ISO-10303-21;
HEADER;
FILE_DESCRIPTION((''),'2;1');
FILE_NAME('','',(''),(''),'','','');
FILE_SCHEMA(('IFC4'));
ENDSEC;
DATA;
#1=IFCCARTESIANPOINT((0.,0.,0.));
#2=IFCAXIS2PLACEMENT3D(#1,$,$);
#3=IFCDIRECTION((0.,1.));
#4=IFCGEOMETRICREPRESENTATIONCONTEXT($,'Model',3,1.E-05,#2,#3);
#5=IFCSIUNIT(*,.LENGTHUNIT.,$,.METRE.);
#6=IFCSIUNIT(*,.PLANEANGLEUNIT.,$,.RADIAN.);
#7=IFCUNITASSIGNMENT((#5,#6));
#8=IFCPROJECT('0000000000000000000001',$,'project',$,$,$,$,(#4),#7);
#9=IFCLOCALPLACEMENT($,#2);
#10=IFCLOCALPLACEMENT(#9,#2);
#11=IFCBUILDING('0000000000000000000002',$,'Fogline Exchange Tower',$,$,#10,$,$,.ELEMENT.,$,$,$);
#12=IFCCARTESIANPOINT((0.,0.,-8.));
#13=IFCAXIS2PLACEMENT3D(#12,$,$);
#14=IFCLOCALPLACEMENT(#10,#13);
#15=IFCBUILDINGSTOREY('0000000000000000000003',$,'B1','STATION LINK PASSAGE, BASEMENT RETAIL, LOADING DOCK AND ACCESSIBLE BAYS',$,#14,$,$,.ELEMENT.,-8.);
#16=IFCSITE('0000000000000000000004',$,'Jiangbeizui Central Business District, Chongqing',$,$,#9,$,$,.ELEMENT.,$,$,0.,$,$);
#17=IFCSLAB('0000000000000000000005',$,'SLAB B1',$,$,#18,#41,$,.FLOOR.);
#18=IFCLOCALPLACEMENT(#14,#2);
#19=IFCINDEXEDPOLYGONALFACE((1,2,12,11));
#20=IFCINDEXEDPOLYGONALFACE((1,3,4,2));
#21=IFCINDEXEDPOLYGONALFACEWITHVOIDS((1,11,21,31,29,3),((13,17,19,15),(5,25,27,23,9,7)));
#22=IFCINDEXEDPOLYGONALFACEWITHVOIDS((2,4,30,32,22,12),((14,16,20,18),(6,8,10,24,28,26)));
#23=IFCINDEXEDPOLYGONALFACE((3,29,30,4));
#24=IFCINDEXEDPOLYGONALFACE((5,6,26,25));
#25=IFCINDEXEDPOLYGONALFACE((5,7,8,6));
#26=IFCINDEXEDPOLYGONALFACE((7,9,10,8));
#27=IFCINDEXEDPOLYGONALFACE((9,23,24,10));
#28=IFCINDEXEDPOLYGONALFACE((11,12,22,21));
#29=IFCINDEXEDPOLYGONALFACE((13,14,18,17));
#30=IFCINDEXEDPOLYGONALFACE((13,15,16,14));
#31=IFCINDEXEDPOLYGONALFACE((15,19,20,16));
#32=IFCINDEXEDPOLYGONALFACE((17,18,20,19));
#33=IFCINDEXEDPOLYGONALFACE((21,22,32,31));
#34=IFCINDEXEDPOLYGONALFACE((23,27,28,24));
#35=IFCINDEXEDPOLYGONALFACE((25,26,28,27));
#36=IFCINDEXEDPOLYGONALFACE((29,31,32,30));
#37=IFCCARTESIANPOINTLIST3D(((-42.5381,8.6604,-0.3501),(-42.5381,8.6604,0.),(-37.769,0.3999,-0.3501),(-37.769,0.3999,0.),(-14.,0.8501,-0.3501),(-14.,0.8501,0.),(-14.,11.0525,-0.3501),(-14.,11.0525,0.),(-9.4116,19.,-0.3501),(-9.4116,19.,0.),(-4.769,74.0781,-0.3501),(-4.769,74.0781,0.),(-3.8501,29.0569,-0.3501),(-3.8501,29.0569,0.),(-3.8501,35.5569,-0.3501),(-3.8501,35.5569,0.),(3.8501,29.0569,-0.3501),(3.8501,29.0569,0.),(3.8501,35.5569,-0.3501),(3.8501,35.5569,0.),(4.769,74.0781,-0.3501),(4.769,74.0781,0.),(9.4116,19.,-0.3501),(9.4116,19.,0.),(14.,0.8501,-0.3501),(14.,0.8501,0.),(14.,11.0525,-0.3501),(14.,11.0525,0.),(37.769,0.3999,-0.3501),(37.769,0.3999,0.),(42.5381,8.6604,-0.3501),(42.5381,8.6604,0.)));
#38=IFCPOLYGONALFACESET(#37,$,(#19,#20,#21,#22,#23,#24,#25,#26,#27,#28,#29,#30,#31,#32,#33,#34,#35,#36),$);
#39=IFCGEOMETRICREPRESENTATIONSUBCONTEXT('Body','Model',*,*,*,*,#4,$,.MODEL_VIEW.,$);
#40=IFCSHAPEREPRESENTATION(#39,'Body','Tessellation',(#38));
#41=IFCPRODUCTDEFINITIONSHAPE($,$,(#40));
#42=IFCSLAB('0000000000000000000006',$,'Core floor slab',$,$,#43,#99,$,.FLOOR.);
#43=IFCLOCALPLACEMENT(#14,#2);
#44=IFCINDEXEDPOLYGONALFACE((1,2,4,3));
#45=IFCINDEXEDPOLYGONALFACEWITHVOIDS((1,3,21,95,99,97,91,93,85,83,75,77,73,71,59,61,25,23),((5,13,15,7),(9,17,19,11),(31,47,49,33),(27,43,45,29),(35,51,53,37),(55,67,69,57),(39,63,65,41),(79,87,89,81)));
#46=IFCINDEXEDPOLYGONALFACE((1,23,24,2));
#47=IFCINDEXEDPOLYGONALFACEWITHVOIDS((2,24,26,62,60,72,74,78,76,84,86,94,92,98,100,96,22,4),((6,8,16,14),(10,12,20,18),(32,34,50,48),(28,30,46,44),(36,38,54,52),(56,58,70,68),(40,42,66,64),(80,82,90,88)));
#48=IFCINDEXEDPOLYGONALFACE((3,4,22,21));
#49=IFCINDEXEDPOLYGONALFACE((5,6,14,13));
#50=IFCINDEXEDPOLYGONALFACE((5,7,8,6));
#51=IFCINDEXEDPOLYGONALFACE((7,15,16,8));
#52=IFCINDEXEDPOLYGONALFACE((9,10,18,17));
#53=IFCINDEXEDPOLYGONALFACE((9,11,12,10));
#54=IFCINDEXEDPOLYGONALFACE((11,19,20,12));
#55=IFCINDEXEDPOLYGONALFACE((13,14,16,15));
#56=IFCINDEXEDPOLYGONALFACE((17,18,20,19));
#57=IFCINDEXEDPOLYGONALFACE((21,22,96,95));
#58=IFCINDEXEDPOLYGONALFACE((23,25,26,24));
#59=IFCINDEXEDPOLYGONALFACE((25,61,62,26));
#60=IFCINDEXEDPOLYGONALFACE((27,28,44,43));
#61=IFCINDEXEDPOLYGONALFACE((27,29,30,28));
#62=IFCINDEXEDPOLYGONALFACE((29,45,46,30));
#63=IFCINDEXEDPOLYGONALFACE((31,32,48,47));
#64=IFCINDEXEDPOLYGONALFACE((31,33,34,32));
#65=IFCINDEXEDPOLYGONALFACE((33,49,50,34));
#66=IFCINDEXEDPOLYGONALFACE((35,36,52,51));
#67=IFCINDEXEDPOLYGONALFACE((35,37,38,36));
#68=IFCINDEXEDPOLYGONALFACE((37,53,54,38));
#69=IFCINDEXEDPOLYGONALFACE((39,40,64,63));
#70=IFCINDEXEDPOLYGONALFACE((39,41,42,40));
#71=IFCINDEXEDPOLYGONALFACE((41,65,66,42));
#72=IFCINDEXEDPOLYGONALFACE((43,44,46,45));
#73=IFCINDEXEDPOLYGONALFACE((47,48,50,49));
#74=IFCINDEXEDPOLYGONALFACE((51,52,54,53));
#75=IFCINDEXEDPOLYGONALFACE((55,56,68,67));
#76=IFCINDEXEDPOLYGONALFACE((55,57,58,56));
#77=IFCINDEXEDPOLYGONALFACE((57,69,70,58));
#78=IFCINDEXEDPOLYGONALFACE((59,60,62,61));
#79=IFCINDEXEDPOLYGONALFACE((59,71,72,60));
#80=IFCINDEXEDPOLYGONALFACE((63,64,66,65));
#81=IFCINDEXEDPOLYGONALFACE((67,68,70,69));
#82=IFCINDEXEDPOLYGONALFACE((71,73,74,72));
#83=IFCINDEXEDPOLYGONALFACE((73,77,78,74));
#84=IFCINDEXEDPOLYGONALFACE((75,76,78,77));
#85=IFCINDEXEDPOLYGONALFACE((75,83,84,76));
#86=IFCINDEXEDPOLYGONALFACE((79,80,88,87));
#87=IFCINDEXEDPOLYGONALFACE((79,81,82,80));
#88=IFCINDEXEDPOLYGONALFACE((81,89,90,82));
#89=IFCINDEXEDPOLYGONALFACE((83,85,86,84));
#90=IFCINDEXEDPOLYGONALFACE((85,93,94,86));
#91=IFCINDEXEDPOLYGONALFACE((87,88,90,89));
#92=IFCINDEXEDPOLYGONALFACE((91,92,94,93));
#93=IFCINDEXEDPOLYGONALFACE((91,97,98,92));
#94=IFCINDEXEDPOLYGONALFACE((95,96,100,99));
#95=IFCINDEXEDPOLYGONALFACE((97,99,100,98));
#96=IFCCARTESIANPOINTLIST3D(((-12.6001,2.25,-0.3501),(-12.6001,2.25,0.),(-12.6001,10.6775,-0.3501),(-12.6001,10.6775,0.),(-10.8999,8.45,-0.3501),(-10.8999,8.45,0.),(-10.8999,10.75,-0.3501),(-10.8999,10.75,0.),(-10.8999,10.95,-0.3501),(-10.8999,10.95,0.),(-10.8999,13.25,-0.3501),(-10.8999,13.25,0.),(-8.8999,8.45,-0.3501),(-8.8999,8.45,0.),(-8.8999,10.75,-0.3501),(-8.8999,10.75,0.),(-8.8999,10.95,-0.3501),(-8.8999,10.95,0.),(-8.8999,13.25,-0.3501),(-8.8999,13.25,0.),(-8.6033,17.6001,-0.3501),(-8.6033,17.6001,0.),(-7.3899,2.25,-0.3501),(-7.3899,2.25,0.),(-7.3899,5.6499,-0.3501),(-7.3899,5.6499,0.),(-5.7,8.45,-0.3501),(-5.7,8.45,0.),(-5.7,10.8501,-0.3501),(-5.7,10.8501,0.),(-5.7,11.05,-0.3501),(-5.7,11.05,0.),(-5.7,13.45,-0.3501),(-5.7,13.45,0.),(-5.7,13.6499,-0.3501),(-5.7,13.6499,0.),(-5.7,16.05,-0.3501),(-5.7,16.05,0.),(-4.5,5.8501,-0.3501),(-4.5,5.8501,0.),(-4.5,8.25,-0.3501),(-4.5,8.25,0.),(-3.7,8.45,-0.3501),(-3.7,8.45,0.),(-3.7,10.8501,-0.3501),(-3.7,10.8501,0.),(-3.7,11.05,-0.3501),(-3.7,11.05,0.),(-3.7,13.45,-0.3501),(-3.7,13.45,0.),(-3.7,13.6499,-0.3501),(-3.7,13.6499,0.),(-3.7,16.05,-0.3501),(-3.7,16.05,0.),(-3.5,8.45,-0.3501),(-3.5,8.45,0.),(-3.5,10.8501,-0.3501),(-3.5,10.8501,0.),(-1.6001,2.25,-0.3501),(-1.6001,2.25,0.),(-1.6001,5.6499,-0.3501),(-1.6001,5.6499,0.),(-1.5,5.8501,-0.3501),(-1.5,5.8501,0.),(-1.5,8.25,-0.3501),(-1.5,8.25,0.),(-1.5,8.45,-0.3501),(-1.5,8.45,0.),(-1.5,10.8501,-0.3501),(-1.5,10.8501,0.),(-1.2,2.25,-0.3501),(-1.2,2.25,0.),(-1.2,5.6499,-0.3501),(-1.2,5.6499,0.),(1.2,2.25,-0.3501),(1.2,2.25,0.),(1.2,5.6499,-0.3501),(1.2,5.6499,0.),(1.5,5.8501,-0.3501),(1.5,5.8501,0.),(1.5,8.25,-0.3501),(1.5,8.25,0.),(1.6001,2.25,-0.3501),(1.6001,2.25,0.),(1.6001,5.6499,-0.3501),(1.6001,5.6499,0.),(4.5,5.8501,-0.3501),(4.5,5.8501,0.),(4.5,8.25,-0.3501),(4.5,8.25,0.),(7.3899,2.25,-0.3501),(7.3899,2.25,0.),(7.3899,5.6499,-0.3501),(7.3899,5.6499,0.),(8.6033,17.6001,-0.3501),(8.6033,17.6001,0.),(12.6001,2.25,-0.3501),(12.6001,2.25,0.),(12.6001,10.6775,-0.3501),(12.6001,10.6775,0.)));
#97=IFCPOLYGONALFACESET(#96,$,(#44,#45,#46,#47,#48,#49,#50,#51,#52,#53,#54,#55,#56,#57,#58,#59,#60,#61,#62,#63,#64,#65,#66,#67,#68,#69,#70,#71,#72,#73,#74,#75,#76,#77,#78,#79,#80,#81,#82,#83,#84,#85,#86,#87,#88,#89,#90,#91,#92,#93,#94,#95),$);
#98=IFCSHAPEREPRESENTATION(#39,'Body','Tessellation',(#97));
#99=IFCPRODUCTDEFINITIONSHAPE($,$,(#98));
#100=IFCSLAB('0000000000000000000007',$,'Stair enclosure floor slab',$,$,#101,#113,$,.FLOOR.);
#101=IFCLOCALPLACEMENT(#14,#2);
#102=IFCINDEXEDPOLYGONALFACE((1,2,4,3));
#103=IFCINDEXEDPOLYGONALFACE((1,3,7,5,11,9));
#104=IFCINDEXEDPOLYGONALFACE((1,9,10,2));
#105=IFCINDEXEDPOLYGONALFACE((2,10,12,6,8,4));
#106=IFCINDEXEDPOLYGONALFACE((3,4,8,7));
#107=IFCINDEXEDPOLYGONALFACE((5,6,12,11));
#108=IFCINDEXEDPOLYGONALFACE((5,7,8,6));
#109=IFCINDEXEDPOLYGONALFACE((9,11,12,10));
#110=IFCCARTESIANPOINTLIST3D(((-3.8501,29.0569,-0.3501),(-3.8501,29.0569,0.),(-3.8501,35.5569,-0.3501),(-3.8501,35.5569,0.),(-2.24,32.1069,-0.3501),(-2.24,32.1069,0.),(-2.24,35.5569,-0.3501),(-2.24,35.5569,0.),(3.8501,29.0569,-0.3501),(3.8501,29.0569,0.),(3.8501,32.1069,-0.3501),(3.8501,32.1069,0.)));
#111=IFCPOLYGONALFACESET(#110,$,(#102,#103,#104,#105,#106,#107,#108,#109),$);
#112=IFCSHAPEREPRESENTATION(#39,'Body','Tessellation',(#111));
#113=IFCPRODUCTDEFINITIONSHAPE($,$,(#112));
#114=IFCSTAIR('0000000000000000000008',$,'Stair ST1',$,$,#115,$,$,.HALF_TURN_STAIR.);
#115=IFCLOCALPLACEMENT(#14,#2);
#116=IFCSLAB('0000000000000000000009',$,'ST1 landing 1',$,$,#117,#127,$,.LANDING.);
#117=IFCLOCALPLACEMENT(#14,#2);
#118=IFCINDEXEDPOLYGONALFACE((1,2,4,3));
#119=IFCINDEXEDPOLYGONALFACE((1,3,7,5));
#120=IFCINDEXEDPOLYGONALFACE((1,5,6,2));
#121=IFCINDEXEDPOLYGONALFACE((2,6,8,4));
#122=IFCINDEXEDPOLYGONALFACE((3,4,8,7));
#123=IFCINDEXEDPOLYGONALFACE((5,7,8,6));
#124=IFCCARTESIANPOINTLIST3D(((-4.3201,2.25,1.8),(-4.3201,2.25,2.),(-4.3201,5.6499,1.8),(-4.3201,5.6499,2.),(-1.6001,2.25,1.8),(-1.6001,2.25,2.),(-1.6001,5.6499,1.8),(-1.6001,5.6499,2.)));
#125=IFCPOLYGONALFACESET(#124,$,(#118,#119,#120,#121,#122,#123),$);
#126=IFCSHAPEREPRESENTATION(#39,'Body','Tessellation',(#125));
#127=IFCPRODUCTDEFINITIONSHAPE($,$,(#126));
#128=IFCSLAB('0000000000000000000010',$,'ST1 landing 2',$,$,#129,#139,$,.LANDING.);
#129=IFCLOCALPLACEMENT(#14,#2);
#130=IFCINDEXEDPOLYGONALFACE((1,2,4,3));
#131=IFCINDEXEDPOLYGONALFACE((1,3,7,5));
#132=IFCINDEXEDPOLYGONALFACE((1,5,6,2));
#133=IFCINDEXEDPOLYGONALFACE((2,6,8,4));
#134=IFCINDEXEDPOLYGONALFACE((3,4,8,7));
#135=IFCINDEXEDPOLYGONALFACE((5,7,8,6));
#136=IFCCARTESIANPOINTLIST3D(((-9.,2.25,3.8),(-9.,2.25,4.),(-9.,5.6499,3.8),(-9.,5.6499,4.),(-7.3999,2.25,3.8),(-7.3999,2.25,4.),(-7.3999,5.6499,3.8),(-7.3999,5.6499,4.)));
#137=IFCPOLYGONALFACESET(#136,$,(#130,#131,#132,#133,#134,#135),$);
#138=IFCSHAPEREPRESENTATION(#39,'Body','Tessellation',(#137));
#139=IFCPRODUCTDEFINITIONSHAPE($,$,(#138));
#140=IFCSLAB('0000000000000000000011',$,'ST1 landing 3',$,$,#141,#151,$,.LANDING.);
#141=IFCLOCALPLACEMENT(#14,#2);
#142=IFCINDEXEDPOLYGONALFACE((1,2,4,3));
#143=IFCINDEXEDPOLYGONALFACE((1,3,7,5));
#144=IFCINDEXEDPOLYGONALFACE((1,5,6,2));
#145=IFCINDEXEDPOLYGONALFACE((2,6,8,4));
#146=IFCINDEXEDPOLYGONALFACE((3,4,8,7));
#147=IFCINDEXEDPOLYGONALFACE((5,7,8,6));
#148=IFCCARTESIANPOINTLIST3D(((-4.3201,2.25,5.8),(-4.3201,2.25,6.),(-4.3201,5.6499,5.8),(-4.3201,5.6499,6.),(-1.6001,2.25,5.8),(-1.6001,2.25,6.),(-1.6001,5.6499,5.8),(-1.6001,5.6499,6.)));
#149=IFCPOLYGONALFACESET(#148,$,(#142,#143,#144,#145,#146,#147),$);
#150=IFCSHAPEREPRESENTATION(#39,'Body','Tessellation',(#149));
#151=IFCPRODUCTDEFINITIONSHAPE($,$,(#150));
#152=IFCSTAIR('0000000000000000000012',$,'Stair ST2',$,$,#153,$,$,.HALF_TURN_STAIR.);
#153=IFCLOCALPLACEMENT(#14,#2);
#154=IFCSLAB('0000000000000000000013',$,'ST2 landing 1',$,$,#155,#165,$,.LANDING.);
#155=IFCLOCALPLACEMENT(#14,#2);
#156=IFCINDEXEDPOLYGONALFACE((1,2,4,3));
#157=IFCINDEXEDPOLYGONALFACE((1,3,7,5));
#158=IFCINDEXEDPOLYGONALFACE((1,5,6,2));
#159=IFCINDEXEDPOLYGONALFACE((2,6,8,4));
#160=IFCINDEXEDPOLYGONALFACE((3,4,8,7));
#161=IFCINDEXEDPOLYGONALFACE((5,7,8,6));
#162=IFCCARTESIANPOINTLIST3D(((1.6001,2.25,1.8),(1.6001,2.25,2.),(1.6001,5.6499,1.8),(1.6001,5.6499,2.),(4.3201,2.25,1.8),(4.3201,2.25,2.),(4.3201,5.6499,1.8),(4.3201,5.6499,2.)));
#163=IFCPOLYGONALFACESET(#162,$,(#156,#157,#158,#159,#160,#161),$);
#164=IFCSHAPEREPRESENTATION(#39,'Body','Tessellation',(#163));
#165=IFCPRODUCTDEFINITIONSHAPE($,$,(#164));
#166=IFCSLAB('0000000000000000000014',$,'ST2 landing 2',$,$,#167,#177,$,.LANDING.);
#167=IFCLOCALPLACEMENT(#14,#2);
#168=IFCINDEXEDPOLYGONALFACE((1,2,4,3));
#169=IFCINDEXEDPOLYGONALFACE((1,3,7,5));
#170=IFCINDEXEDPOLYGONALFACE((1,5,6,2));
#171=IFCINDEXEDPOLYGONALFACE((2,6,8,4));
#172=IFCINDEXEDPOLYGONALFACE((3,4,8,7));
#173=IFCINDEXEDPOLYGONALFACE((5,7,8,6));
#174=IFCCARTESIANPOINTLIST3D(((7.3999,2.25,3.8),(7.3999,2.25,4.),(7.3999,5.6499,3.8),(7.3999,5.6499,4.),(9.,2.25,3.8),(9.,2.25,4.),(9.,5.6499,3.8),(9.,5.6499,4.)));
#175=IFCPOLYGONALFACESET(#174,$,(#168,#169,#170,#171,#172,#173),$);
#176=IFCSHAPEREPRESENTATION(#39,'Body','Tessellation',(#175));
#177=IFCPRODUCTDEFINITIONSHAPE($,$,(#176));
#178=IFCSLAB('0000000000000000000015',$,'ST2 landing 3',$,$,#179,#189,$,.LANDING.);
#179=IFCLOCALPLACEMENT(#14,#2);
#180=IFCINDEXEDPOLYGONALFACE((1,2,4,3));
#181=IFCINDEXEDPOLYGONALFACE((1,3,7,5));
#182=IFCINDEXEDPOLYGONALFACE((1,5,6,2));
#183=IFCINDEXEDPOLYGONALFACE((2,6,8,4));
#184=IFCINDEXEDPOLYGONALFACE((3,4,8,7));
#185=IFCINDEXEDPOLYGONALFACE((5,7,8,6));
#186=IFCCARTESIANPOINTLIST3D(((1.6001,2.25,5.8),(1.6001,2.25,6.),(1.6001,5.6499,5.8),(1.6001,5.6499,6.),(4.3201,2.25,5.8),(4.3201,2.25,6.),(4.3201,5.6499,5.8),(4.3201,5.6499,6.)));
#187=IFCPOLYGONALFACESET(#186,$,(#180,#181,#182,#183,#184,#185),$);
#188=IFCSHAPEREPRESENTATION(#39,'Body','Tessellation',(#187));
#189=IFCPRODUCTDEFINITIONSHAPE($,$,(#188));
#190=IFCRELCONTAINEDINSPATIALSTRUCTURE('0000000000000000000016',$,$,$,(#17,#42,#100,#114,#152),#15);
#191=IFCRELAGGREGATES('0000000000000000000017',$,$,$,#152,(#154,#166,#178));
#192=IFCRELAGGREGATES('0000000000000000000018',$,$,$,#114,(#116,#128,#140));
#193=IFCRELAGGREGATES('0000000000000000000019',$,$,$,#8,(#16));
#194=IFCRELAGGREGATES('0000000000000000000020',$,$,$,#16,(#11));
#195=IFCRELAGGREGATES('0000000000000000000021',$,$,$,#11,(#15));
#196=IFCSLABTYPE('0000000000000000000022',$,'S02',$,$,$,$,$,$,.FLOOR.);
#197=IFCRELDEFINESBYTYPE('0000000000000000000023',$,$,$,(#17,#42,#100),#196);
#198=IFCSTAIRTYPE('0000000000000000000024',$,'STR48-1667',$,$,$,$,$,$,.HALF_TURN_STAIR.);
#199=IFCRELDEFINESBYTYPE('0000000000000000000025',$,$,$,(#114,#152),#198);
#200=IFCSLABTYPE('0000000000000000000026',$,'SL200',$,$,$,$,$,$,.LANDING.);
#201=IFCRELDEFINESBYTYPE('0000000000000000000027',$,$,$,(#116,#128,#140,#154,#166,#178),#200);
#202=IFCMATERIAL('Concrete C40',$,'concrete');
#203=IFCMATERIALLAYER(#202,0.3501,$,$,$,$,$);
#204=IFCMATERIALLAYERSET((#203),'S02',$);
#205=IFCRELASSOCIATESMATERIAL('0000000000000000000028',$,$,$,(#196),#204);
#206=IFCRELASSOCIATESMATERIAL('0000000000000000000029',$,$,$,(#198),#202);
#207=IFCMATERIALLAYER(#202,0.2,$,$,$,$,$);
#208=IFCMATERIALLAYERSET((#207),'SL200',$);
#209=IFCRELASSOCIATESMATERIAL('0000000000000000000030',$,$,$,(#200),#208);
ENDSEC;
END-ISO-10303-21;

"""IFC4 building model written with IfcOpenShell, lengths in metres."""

from ifc_helpers import new_model, si_unit, direction, frame, origin, place, context, subcontext, project, spatial, polyline, outline, extrude, material, layer, layer_set, type_object, element, aggregate, save


model = new_model("IFC4")

# Units and contexts
model_context = context("Model", 3, precision=1e-05, world=origin(), true_north=direction((0.0, 1.0)))
body_context = subcontext(model_context, "Body", "Model", "MODEL_VIEW")
ifc_project = project(units=[si_unit("LENGTHUNIT", "METRE"), si_unit("PLANEANGLEUNIT", "RADIAN")], contexts=[model_context])

# Site, building, storey
site_placement = place(None, origin())
site = spatial("IfcSite", under=ifc_project, at=site_placement, Name="Jiangbeizui Central Business District, Chongqing", CompositionType="ELEMENT", RefElevation=0.0)
building_placement = place(site_placement, origin())
building = spatial("IfcBuilding", under=site, at=building_placement, Name="Fogline Exchange Tower", CompositionType="ELEMENT")
storey_placement = place(building_placement, frame((0.0, 0.0, -8.0)))
storey = spatial("IfcBuildingStorey", under=building, at=storey_placement, Name="B1", Description="STATION LINK PASSAGE, BASEMENT RETAIL, LOADING DOCK AND ACCESSIBLE BAYS", CompositionType="ELEMENT", Elevation=-8.0)

# Slabs
ifc_material_1 = material(Name="Concrete C40", Category="concrete")
ifc_layer_1 = layer(ifc_material_1, 0.3501)
ifc_layer_set_1 = layer_set([ifc_layer_1], Name="S02")
slab_type_1 = type_object("IfcSlabType", Name="S02", PredefinedType="FLOOR", material=ifc_layer_set_1)
slab_1_placement = place(storey_placement, frame((0.0, 0.0, -0.3501)))
element("IfcSlab", 1, at=slab_1_placement, inside=storey, type_object=slab_type_1, Name="SLAB B1", PredefinedType="FLOOR", context=body_context, shape_type="SweptSolid", body=[
    extrude(outline(polyline([(4.769, 74.0781), (-4.769, 74.0781), (-42.5381, 8.6604), (-37.769, 0.3999), (37.769, 0.3999), (42.5381, 8.6604), (4.769, 74.0781)]), holes=[polyline([(14.0, 11.0525), (14.0, 0.8501), (-14.0, 0.8501), (-14.0, 11.0525), (-9.4116, 19.0), (9.4116, 19.0), (14.0, 11.0525)]), polyline([(3.8501, 35.5569), (3.8501, 29.0569), (-3.8501, 29.0569), (-3.8501, 35.5569), (3.8501, 35.5569)])]), origin(), (0.0, 0.0, 1.0), 0.3501),
])
slab_2_placement = place(storey_placement, frame((0.0, 0.0, -0.3501)))
element("IfcSlab", 2, at=slab_2_placement, inside=storey, type_object=slab_type_1, Name="Core floor slab", PredefinedType="FLOOR", context=body_context, shape_type="SweptSolid", body=[
    extrude(outline(polyline([(-12.6001, 2.25), (-12.6001, 10.6775), (-8.6033, 17.6001), (8.6033, 17.6001), (12.6001, 10.6775), (12.6001, 2.25), (7.3899, 2.25), (7.3899, 5.6499), (1.6001, 5.6499), (1.6001, 2.25), (1.2, 2.25), (1.2, 5.6499), (-1.2, 5.6499), (-1.2, 2.25), (-1.6001, 2.25), (-1.6001, 5.6499), (-7.3899, 5.6499), (-7.3899, 2.25), (-12.6001, 2.25)]), holes=[polyline([(-10.8999, 10.75), (-10.8999, 8.45), (-8.8999, 8.45), (-8.8999, 10.75), (-10.8999, 10.75)]), polyline([(-5.7, 10.8501), (-5.7, 8.45), (-3.7, 8.45), (-3.7, 10.8501), (-5.7, 10.8501)]), polyline([(-8.8999, 13.25), (-10.8999, 13.25), (-10.8999, 10.95), (-8.8999, 10.95), (-8.8999, 13.25)]), polyline([(-3.7, 13.45), (-5.7, 13.45), (-5.7, 11.05), (-3.7, 11.05), (-3.7, 13.45)]), polyline([(-5.7, 16.05), (-5.7, 13.6499), (-3.7, 13.6499), (-3.7, 16.05), (-5.7, 16.05)]), polyline([(-4.5, 8.25), (-4.5, 5.8501), (-1.5, 5.8501), (-1.5, 8.25), (-4.5, 8.25)]), polyline([(4.5, 8.25), (1.5, 8.25), (1.5, 5.8501), (4.5, 5.8501), (4.5, 8.25)]), polyline([(-1.5, 10.8501), (-3.5, 10.8501), (-3.5, 8.45), (-1.5, 8.45), (-1.5, 10.8501)])]), origin(), (0.0, 0.0, 1.0), 0.3501),
])
slab_3_placement = place(storey_placement, frame((0.0, 0.0, -0.3501)))
element("IfcSlab", 3, at=slab_3_placement, inside=storey, type_object=slab_type_1, Name="Stair enclosure floor slab", PredefinedType="FLOOR", context=body_context, shape_type="SweptSolid", body=[
    extrude(outline(polyline([(3.8501, 29.0569), (-3.8501, 29.0569), (-3.8501, 35.5569), (-2.24, 35.5569), (-2.24, 32.1069), (3.8501, 32.1069), (3.8501, 29.0569)])), origin(), (0.0, 0.0, 1.0), 0.3501),
])

# Stairs, slabs
stair_type = type_object("IfcStairType", Name="STR48-1667", PredefinedType="HALF_TURN_STAIR", material=ifc_material_1)
stair_1_placement = place(storey_placement, origin())
stair_1 = element("IfcStair", 4, at=stair_1_placement, inside=storey, type_object=stair_type, Name="Stair ST1", PredefinedType="HALF_TURN_STAIR")
ifc_layer_2 = layer(ifc_material_1, 0.2)
ifc_layer_set_2 = layer_set([ifc_layer_2], Name="SL200")
slab_type_2 = type_object("IfcSlabType", Name="SL200", PredefinedType="LANDING", material=ifc_layer_set_2)
slab_4_placement = place(storey_placement, frame((0.0, 0.0, 1.8)))
slab_4 = element("IfcSlab", 5, at=slab_4_placement, type_object=slab_type_2, Name="ST1 landing 1", PredefinedType="LANDING", context=body_context, shape_type="SweptSolid", body=[
    extrude(outline(polyline([(-4.3201, 2.25), (-1.6001, 2.25), (-1.6001, 5.6499), (-4.3201, 5.6499), (-4.3201, 2.25)])), origin(), (0.0, 0.0, 1.0), 0.2),
])
slab_5_placement = place(storey_placement, frame((0.0, 0.0, 3.8)))
slab_5 = element("IfcSlab", 6, at=slab_5_placement, type_object=slab_type_2, Name="ST1 landing 2", PredefinedType="LANDING", context=body_context, shape_type="SweptSolid", body=[
    extrude(outline(polyline([(-9.0, 2.25), (-7.3999, 2.25), (-7.3999, 5.6499), (-9.0, 5.6499), (-9.0, 2.25)])), origin(), (0.0, 0.0, 1.0), 0.2),
])
slab_6_placement = place(storey_placement, frame((0.0, 0.0, 5.8)))
slab_6 = element("IfcSlab", 7, at=slab_6_placement, type_object=slab_type_2, Name="ST1 landing 3", PredefinedType="LANDING", context=body_context, shape_type="SweptSolid", body=[
    extrude(outline(polyline([(-4.3201, 2.25), (-1.6001, 2.25), (-1.6001, 5.6499), (-4.3201, 5.6499), (-4.3201, 2.25)])), origin(), (0.0, 0.0, 1.0), 0.2),
])
stair_2_placement = place(storey_placement, origin())
stair_2 = element("IfcStair", 8, at=stair_2_placement, inside=storey, type_object=stair_type, Name="Stair ST2", PredefinedType="HALF_TURN_STAIR")
slab_7_placement = place(storey_placement, frame((0.0, 0.0, 1.8)))
slab_7 = element("IfcSlab", 9, at=slab_7_placement, type_object=slab_type_2, Name="ST2 landing 1", PredefinedType="LANDING", context=body_context, shape_type="SweptSolid", body=[
    extrude(outline(polyline([(1.6001, 2.25), (4.3201, 2.25), (4.3201, 5.6499), (1.6001, 5.6499), (1.6001, 2.25)])), origin(), (0.0, 0.0, 1.0), 0.2),
])
slab_8_placement = place(storey_placement, frame((0.0, 0.0, 3.8)))
slab_8 = element("IfcSlab", 10, at=slab_8_placement, type_object=slab_type_2, Name="ST2 landing 2", PredefinedType="LANDING", context=body_context, shape_type="SweptSolid", body=[
    extrude(outline(polyline([(7.3999, 2.25), (9.0, 2.25), (9.0, 5.6499), (7.3999, 5.6499), (7.3999, 2.25)])), origin(), (0.0, 0.0, 1.0), 0.2),
])
slab_9_placement = place(storey_placement, frame((0.0, 0.0, 5.8)))
slab_9 = element("IfcSlab", 11, at=slab_9_placement, type_object=slab_type_2, Name="ST2 landing 3", PredefinedType="LANDING", context=body_context, shape_type="SweptSolid", body=[
    extrude(outline(polyline([(1.6001, 2.25), (4.3201, 2.25), (4.3201, 5.6499), (1.6001, 5.6499), (1.6001, 2.25)])), origin(), (0.0, 0.0, 1.0), 0.2),
])
aggregate(stair_2, [slab_7, slab_8, slab_9])

aggregate(stair_1, [slab_4, slab_5, slab_6])

save(model, "model.ifc")
